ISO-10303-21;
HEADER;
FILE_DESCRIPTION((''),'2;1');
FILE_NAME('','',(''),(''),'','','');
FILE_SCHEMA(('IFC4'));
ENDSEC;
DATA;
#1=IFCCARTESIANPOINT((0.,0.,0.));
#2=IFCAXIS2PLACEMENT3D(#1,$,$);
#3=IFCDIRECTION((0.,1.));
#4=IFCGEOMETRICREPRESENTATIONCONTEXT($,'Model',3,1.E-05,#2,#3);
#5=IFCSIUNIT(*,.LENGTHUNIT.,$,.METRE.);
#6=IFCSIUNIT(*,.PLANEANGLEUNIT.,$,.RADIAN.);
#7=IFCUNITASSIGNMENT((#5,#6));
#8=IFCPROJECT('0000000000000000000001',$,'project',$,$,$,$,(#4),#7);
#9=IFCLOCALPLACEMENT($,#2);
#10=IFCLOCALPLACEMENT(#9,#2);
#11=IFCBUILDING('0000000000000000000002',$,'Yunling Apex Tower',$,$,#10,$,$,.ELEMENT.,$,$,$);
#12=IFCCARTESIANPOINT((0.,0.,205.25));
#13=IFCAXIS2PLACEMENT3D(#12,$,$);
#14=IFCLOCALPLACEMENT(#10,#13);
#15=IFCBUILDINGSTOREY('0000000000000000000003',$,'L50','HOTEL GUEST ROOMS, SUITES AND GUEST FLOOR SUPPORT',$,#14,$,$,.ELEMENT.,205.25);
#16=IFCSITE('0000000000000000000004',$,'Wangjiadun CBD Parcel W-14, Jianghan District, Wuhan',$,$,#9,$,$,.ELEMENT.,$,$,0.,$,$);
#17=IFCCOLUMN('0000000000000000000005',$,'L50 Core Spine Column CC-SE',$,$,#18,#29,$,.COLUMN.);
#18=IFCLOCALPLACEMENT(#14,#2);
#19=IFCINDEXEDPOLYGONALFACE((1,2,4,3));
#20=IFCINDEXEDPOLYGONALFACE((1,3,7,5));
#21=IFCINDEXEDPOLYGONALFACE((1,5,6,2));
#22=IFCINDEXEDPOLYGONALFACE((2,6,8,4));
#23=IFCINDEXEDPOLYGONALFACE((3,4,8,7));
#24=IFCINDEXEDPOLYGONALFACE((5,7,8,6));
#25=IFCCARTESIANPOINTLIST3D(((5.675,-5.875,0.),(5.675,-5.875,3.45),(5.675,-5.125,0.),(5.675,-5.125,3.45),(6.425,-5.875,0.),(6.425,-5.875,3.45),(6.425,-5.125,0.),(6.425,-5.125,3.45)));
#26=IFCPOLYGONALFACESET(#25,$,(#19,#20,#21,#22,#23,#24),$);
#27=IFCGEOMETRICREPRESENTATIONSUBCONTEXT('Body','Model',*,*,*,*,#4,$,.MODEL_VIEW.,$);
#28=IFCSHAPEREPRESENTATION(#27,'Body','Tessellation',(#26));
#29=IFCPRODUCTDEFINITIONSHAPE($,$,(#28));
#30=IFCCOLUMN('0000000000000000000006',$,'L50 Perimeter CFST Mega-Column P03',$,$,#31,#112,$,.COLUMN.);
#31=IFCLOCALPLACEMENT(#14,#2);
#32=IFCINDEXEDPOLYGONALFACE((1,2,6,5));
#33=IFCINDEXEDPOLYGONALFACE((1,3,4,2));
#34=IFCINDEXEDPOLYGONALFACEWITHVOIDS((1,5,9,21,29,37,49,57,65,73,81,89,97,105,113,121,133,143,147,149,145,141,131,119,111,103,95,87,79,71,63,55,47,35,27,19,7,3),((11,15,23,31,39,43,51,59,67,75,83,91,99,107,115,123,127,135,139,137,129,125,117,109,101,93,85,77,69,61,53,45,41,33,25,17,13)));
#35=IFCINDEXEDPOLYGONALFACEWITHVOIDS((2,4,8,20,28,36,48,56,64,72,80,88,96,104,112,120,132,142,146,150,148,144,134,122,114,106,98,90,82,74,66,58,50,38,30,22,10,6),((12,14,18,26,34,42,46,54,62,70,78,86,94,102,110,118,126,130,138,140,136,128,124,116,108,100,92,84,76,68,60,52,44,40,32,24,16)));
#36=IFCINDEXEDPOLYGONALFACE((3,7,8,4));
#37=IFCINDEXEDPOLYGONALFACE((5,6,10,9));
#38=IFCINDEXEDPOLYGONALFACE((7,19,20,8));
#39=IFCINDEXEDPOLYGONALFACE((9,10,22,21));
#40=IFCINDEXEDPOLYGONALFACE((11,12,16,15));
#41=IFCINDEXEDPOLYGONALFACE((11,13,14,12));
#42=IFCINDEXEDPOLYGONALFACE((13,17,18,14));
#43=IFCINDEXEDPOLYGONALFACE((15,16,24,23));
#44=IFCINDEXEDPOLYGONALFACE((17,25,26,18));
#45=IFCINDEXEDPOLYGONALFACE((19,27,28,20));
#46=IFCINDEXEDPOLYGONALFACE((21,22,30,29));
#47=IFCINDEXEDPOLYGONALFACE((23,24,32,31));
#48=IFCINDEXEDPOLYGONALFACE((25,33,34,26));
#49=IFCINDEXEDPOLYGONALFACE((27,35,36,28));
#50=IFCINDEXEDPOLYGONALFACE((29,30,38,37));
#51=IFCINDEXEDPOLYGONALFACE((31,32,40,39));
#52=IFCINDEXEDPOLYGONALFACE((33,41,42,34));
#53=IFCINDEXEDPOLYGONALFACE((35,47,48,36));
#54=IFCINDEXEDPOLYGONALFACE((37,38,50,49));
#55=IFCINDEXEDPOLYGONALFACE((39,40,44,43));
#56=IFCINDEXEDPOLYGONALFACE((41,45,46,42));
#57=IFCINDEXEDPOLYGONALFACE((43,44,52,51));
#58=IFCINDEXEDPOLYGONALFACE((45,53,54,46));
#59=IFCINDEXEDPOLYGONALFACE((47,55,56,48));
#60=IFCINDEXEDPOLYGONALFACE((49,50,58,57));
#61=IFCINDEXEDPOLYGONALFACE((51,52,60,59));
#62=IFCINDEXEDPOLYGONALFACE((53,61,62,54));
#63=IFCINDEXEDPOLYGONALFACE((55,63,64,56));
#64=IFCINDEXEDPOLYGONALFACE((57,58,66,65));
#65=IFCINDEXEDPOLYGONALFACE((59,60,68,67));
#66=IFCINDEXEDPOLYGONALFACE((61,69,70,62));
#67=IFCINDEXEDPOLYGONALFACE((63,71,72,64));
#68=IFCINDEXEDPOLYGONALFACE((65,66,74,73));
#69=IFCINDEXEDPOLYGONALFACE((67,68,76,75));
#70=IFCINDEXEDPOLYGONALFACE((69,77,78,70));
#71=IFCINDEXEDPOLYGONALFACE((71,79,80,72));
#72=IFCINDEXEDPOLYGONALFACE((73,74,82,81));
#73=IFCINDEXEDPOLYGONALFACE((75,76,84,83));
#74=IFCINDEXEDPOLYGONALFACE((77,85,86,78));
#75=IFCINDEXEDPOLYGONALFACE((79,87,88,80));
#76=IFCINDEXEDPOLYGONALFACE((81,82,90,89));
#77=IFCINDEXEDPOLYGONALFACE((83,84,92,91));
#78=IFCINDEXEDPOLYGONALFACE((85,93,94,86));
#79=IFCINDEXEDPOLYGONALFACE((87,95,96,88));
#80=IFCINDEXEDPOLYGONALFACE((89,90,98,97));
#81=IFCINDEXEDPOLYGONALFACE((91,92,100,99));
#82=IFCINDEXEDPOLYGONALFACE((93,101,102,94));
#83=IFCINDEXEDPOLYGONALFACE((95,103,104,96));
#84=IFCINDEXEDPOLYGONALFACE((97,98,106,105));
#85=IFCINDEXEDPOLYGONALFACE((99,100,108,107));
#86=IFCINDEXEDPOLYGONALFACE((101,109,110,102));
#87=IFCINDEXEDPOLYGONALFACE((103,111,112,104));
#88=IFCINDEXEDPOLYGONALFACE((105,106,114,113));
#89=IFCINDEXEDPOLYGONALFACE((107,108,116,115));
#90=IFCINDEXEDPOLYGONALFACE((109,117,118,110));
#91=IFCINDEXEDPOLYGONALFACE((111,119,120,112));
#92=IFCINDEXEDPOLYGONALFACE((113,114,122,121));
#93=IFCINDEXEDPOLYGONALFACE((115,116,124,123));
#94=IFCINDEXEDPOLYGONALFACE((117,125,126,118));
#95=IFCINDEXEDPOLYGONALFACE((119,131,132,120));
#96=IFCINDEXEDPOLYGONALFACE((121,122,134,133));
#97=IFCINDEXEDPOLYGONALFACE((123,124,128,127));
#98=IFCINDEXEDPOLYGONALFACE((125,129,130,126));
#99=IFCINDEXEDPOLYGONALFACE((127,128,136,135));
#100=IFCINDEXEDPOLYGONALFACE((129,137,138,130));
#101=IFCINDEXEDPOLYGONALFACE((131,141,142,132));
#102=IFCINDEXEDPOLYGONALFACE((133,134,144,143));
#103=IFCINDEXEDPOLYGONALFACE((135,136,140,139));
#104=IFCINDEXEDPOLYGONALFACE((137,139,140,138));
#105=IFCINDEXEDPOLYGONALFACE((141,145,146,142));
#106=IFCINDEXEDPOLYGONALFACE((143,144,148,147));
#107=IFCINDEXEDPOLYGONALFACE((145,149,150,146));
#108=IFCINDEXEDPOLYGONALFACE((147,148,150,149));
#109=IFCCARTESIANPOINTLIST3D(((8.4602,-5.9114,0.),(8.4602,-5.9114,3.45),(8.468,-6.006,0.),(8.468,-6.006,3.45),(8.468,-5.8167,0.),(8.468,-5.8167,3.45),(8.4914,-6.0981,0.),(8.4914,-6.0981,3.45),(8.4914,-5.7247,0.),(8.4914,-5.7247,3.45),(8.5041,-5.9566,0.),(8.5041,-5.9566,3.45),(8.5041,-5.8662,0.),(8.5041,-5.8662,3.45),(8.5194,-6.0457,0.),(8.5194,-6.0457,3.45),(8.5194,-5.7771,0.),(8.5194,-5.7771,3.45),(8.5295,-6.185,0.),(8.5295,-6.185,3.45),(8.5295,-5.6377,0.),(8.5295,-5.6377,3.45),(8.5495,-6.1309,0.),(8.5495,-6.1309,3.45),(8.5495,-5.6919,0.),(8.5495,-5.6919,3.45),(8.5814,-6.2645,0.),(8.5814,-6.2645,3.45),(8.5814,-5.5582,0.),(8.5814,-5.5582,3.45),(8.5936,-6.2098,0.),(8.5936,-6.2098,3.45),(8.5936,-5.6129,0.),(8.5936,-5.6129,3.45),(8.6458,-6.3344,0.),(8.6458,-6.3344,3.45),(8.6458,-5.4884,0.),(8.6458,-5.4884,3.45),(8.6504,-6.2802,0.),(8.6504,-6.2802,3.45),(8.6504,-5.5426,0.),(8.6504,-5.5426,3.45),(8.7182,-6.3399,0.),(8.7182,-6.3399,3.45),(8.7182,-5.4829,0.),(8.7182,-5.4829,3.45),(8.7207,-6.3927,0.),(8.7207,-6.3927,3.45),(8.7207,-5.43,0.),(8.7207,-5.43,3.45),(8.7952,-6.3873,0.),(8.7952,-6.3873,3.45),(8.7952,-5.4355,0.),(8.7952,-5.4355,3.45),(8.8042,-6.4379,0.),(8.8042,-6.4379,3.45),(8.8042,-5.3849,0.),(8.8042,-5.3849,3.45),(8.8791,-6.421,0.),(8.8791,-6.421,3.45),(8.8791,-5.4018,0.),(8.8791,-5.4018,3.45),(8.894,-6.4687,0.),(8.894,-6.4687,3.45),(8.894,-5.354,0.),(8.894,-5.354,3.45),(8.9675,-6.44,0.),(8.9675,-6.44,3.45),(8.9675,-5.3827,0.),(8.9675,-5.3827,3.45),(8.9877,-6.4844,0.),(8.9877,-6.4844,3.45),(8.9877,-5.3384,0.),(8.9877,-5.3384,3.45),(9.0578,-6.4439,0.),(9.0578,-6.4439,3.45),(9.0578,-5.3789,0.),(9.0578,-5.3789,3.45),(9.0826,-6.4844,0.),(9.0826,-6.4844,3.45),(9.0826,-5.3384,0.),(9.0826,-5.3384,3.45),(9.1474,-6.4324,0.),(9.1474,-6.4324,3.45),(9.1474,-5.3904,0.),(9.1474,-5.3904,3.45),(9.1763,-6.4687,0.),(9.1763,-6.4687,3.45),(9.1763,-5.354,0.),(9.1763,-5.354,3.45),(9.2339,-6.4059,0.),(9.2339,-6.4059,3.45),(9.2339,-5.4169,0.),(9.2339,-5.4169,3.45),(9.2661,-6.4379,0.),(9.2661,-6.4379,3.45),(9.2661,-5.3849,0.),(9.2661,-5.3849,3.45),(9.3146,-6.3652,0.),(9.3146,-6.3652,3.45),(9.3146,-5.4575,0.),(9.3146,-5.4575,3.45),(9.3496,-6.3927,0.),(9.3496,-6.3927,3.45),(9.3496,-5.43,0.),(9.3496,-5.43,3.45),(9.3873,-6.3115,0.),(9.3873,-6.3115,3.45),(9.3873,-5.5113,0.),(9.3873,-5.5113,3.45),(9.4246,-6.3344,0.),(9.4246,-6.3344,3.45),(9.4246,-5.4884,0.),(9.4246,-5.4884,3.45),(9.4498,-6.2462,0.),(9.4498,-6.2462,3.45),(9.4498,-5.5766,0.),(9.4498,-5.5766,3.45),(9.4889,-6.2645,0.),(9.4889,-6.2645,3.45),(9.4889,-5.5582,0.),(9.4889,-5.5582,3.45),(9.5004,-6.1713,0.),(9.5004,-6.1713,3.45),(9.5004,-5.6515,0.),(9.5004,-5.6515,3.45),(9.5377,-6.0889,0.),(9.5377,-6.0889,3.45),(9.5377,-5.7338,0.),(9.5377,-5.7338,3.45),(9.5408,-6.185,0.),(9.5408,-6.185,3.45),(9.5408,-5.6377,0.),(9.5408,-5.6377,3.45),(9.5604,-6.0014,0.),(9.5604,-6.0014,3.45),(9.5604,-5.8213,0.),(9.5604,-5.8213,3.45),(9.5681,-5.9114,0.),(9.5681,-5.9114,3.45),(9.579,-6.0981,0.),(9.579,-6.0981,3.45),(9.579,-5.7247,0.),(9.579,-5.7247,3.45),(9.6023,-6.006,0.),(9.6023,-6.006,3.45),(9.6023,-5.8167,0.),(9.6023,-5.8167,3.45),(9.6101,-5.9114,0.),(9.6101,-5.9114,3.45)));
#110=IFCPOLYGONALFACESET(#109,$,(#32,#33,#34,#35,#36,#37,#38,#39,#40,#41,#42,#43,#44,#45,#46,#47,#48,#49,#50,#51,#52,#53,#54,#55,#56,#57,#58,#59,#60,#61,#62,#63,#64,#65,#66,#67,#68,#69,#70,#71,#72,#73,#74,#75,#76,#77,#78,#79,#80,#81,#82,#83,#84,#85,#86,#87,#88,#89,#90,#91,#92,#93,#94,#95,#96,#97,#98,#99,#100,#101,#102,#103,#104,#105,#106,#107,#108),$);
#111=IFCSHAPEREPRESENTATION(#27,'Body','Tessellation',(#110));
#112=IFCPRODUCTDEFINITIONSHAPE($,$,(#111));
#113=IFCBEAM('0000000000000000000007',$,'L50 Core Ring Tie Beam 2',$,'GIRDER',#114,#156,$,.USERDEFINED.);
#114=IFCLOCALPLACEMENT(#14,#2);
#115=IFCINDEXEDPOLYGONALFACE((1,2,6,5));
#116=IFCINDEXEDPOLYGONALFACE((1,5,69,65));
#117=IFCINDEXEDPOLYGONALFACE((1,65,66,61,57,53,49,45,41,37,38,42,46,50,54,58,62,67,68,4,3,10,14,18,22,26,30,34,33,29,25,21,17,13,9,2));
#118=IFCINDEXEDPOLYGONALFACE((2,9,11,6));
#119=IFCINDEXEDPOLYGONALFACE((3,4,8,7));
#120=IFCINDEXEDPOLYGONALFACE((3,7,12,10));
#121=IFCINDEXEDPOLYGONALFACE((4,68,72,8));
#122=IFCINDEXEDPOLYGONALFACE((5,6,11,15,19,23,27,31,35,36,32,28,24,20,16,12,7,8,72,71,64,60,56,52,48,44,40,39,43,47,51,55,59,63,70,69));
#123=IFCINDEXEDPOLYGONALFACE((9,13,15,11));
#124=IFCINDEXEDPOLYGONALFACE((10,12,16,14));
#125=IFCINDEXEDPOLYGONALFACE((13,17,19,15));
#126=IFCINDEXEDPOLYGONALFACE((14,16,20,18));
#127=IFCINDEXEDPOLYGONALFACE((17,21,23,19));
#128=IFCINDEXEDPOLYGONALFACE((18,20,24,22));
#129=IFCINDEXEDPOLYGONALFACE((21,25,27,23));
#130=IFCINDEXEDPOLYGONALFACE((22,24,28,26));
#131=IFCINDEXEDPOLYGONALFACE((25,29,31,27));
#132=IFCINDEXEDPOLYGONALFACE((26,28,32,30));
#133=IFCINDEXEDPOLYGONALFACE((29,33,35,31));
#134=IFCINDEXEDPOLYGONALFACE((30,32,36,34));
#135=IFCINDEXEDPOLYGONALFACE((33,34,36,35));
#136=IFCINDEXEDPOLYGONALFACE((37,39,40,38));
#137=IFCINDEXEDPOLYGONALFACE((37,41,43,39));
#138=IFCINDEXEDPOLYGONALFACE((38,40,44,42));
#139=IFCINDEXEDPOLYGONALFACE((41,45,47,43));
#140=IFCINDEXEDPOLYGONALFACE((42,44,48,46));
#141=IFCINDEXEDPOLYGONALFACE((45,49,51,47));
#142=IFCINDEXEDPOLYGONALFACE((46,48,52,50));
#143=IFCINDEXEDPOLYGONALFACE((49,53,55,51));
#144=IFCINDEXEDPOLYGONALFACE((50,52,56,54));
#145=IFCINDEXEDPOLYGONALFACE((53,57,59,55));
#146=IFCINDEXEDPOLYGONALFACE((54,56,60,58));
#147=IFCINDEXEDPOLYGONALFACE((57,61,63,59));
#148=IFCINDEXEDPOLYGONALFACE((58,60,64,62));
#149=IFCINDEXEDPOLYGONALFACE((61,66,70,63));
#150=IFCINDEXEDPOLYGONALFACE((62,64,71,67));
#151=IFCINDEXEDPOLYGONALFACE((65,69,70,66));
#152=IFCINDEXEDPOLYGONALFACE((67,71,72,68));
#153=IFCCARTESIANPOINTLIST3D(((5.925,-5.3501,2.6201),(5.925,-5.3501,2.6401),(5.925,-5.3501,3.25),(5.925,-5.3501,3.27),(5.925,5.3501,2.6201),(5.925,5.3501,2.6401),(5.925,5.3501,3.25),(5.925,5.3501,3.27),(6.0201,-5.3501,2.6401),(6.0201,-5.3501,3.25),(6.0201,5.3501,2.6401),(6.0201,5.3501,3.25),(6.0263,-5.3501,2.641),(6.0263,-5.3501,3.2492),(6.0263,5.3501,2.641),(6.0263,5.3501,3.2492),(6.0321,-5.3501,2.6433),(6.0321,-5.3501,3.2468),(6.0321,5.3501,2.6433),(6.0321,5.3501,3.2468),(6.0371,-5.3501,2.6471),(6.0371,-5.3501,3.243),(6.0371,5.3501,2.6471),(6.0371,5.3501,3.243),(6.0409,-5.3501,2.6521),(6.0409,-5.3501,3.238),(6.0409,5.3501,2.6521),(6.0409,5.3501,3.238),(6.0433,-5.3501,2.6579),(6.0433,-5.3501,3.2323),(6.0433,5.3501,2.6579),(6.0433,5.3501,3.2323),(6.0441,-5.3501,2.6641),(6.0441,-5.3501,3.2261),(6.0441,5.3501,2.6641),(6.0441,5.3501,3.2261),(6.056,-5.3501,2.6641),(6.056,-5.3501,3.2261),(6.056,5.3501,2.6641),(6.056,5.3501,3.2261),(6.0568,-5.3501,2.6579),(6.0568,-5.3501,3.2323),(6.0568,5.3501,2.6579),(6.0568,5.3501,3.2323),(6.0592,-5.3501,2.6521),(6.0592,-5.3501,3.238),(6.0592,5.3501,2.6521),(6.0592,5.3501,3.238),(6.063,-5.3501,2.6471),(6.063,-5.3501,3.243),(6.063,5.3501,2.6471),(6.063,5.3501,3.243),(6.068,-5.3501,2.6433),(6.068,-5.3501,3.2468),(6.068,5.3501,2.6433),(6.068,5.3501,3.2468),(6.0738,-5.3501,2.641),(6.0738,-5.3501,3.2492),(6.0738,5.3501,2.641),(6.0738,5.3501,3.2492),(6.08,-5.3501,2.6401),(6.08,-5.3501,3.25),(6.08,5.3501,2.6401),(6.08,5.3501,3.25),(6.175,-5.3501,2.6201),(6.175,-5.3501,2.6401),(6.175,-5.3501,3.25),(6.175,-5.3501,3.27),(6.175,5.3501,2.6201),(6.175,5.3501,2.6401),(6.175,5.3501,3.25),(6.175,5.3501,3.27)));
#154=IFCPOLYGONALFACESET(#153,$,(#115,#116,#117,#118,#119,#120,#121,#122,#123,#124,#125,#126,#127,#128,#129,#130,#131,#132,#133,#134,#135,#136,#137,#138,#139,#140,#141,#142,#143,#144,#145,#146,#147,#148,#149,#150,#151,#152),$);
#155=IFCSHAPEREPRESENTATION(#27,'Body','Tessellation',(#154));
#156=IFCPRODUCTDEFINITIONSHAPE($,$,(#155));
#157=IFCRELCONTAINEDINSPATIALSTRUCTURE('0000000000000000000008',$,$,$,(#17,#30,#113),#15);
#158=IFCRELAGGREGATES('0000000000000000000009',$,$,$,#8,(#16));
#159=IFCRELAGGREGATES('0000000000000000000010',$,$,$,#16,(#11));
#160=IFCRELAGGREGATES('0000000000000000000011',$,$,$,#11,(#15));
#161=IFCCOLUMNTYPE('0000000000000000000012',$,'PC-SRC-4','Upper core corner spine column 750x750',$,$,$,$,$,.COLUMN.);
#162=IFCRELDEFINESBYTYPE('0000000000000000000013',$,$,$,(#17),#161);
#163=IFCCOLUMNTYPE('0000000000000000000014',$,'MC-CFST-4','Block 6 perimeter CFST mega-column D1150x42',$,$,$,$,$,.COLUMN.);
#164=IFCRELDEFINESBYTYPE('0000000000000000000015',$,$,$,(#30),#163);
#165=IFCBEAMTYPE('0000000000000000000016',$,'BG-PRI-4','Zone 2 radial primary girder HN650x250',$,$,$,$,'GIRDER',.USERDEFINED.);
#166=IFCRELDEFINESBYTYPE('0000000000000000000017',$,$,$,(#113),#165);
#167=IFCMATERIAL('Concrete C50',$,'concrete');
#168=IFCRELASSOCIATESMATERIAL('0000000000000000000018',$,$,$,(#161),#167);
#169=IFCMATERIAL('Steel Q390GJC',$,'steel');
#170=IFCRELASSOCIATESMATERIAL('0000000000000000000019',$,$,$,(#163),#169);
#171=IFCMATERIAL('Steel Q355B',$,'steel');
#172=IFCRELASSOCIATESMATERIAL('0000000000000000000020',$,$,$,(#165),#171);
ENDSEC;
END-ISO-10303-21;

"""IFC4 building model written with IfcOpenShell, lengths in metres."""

from ifc_helpers import new_model, si_unit, direction, frame, origin, origin_2d, place, context, subcontext, project, spatial, rectangle, hollow_circle, i_section, extrude, source, transform, mapped, material, material_profile, profile_set, type_object, element, save


model = new_model("IFC4")

# Units and contexts
model_context = context("Model", 3, precision=1e-05, world=origin(), true_north=direction((0.0, 1.0)))
body_context = subcontext(model_context, "Body", "Model", "MODEL_VIEW")
ifc_project = project(units=[si_unit("LENGTHUNIT", "METRE"), si_unit("PLANEANGLEUNIT", "RADIAN")], contexts=[model_context])

# Site, building, storey
site_placement = place(None, origin())
site = spatial("IfcSite", under=ifc_project, at=site_placement, Name="Wangjiadun CBD Parcel W-14, Jianghan District, Wuhan", CompositionType="ELEMENT", RefElevation=0.0)
building_placement = place(site_placement, origin())
building = spatial("IfcBuilding", under=site, at=building_placement, Name="Yunling Apex Tower", CompositionType="ELEMENT")
storey_placement = place(building_placement, frame((0.0, 0.0, 205.25)))
storey = spatial("IfcBuildingStorey", under=building, at=storey_placement, Name="L50", Description="HOTEL GUEST ROOMS, SUITES AND GUEST FLOOR SUPPORT", CompositionType="ELEMENT", Elevation=205.25)

# Columns
ifc_material_1 = material(Name="Concrete C50", Category="concrete")
ifc_material_profile_1 = material_profile(ifc_material_1, rectangle(XDim=0.75, YDim=0.75, at=origin_2d()))
ifc_profile_set_1 = profile_set([ifc_material_profile_1], Name="Concrete C50")
column_type_1 = type_object("IfcColumnType", Name="PC-SRC-4", Description="Upper core corner spine column 750x750", PredefinedType="COLUMN", material=ifc_profile_set_1)
shared_shape_1 = source(origin(), body_context, "Body", "SweptSolid", [
    extrude(rectangle(XDim=0.75, YDim=0.75, at=origin_2d()), origin(), (0.0, 0.0, 1.0), 3.45),
])
column_1_placement = place(storey_placement, frame((6.05, -5.5, 0.0), z_axis=(0.0, 0.0, 1.0), x_axis=(1.0, 0.0, 0.0)))
element("IfcColumn", 1, at=column_1_placement, inside=storey, type_object=column_type_1, Name="L50 Core Spine Column CC-SE", PredefinedType="COLUMN", context=body_context, shape_type="MappedRepresentation", body=[
    mapped(shared_shape_1, transform((0.0, 0.0, 0.0), scale=1.0)),
])
ifc_material_2 = material(Name="Steel Q390GJC", Category="steel")
ifc_material_profile_2 = material_profile(ifc_material_2, hollow_circle(Radius=0.575, WallThickness=0.042, at=origin_2d()))
ifc_profile_set_2 = profile_set([ifc_material_profile_2], Name="Steel Q390GJC")
column_type_2 = type_object("IfcColumnType", Name="MC-CFST-4", Description="Block 6 perimeter CFST mega-column D1150x42", PredefinedType="COLUMN", material=ifc_profile_set_2)
shared_shape_2 = source(origin(), body_context, "Body", "SweptSolid", [
    extrude(hollow_circle(Radius=0.575, WallThickness=0.042, at=origin_2d()), origin(), (0.0, 0.0, 1.0), 3.45),
])
column_2_placement = place(storey_placement, frame((9.0352, -5.9114, 0.0), z_axis=(0.0, 0.0, 1.0), x_axis=(1.0, 0.0, 0.0)))
element("IfcColumn", 2, at=column_2_placement, inside=storey, type_object=column_type_2, Name="L50 Perimeter CFST Mega-Column P03", PredefinedType="COLUMN", context=body_context, shape_type="MappedRepresentation", body=[
    mapped(shared_shape_2, transform((0.0, 0.0, 0.0), scale=1.0)),
])

# Beam
ifc_material_3 = material(Name="Steel Q355B", Category="steel")
ifc_material_profile_3 = material_profile(ifc_material_3, i_section(OverallWidth=0.25, OverallDepth=0.6499, WebThickness=0.012, FlangeThickness=0.02, FilletRadius=0.0239, at=origin_2d()))
ifc_profile_set_3 = profile_set([ifc_material_profile_3], Name="Steel Q355B")
beam_type_1 = type_object("IfcBeamType", Name="BG-PRI-4", Description="Zone 2 radial primary girder HN650x250", ElementType="GIRDER", PredefinedType="USERDEFINED", material=ifc_profile_set_3)
shared_shape_3 = source(origin(), body_context, "Body", "SweptSolid", [
    extrude(i_section(OverallWidth=0.25, OverallDepth=0.6499, WebThickness=0.012, FlangeThickness=0.02, FilletRadius=0.0239, at=origin_2d()), origin(), (0.0, 0.0, 1.0), 10.7002),
])
beam_1_placement = place(storey_placement, frame((6.05, -5.3501, 2.9451), z_axis=(0.0, 1.0, 0.0), x_axis=(-1.0, 0.0, 0.0)))
element("IfcBeam", 3, at=beam_1_placement, inside=storey, type_object=beam_type_1, Name="L50 Core Ring Tie Beam 2", ObjectType="GIRDER", PredefinedType="USERDEFINED", context=body_context, shape_type="MappedRepresentation", body=[
    mapped(shared_shape_3, transform((0.0, 0.0, 0.0), scale=1.0)),
])

save(model, "model.ifc")
